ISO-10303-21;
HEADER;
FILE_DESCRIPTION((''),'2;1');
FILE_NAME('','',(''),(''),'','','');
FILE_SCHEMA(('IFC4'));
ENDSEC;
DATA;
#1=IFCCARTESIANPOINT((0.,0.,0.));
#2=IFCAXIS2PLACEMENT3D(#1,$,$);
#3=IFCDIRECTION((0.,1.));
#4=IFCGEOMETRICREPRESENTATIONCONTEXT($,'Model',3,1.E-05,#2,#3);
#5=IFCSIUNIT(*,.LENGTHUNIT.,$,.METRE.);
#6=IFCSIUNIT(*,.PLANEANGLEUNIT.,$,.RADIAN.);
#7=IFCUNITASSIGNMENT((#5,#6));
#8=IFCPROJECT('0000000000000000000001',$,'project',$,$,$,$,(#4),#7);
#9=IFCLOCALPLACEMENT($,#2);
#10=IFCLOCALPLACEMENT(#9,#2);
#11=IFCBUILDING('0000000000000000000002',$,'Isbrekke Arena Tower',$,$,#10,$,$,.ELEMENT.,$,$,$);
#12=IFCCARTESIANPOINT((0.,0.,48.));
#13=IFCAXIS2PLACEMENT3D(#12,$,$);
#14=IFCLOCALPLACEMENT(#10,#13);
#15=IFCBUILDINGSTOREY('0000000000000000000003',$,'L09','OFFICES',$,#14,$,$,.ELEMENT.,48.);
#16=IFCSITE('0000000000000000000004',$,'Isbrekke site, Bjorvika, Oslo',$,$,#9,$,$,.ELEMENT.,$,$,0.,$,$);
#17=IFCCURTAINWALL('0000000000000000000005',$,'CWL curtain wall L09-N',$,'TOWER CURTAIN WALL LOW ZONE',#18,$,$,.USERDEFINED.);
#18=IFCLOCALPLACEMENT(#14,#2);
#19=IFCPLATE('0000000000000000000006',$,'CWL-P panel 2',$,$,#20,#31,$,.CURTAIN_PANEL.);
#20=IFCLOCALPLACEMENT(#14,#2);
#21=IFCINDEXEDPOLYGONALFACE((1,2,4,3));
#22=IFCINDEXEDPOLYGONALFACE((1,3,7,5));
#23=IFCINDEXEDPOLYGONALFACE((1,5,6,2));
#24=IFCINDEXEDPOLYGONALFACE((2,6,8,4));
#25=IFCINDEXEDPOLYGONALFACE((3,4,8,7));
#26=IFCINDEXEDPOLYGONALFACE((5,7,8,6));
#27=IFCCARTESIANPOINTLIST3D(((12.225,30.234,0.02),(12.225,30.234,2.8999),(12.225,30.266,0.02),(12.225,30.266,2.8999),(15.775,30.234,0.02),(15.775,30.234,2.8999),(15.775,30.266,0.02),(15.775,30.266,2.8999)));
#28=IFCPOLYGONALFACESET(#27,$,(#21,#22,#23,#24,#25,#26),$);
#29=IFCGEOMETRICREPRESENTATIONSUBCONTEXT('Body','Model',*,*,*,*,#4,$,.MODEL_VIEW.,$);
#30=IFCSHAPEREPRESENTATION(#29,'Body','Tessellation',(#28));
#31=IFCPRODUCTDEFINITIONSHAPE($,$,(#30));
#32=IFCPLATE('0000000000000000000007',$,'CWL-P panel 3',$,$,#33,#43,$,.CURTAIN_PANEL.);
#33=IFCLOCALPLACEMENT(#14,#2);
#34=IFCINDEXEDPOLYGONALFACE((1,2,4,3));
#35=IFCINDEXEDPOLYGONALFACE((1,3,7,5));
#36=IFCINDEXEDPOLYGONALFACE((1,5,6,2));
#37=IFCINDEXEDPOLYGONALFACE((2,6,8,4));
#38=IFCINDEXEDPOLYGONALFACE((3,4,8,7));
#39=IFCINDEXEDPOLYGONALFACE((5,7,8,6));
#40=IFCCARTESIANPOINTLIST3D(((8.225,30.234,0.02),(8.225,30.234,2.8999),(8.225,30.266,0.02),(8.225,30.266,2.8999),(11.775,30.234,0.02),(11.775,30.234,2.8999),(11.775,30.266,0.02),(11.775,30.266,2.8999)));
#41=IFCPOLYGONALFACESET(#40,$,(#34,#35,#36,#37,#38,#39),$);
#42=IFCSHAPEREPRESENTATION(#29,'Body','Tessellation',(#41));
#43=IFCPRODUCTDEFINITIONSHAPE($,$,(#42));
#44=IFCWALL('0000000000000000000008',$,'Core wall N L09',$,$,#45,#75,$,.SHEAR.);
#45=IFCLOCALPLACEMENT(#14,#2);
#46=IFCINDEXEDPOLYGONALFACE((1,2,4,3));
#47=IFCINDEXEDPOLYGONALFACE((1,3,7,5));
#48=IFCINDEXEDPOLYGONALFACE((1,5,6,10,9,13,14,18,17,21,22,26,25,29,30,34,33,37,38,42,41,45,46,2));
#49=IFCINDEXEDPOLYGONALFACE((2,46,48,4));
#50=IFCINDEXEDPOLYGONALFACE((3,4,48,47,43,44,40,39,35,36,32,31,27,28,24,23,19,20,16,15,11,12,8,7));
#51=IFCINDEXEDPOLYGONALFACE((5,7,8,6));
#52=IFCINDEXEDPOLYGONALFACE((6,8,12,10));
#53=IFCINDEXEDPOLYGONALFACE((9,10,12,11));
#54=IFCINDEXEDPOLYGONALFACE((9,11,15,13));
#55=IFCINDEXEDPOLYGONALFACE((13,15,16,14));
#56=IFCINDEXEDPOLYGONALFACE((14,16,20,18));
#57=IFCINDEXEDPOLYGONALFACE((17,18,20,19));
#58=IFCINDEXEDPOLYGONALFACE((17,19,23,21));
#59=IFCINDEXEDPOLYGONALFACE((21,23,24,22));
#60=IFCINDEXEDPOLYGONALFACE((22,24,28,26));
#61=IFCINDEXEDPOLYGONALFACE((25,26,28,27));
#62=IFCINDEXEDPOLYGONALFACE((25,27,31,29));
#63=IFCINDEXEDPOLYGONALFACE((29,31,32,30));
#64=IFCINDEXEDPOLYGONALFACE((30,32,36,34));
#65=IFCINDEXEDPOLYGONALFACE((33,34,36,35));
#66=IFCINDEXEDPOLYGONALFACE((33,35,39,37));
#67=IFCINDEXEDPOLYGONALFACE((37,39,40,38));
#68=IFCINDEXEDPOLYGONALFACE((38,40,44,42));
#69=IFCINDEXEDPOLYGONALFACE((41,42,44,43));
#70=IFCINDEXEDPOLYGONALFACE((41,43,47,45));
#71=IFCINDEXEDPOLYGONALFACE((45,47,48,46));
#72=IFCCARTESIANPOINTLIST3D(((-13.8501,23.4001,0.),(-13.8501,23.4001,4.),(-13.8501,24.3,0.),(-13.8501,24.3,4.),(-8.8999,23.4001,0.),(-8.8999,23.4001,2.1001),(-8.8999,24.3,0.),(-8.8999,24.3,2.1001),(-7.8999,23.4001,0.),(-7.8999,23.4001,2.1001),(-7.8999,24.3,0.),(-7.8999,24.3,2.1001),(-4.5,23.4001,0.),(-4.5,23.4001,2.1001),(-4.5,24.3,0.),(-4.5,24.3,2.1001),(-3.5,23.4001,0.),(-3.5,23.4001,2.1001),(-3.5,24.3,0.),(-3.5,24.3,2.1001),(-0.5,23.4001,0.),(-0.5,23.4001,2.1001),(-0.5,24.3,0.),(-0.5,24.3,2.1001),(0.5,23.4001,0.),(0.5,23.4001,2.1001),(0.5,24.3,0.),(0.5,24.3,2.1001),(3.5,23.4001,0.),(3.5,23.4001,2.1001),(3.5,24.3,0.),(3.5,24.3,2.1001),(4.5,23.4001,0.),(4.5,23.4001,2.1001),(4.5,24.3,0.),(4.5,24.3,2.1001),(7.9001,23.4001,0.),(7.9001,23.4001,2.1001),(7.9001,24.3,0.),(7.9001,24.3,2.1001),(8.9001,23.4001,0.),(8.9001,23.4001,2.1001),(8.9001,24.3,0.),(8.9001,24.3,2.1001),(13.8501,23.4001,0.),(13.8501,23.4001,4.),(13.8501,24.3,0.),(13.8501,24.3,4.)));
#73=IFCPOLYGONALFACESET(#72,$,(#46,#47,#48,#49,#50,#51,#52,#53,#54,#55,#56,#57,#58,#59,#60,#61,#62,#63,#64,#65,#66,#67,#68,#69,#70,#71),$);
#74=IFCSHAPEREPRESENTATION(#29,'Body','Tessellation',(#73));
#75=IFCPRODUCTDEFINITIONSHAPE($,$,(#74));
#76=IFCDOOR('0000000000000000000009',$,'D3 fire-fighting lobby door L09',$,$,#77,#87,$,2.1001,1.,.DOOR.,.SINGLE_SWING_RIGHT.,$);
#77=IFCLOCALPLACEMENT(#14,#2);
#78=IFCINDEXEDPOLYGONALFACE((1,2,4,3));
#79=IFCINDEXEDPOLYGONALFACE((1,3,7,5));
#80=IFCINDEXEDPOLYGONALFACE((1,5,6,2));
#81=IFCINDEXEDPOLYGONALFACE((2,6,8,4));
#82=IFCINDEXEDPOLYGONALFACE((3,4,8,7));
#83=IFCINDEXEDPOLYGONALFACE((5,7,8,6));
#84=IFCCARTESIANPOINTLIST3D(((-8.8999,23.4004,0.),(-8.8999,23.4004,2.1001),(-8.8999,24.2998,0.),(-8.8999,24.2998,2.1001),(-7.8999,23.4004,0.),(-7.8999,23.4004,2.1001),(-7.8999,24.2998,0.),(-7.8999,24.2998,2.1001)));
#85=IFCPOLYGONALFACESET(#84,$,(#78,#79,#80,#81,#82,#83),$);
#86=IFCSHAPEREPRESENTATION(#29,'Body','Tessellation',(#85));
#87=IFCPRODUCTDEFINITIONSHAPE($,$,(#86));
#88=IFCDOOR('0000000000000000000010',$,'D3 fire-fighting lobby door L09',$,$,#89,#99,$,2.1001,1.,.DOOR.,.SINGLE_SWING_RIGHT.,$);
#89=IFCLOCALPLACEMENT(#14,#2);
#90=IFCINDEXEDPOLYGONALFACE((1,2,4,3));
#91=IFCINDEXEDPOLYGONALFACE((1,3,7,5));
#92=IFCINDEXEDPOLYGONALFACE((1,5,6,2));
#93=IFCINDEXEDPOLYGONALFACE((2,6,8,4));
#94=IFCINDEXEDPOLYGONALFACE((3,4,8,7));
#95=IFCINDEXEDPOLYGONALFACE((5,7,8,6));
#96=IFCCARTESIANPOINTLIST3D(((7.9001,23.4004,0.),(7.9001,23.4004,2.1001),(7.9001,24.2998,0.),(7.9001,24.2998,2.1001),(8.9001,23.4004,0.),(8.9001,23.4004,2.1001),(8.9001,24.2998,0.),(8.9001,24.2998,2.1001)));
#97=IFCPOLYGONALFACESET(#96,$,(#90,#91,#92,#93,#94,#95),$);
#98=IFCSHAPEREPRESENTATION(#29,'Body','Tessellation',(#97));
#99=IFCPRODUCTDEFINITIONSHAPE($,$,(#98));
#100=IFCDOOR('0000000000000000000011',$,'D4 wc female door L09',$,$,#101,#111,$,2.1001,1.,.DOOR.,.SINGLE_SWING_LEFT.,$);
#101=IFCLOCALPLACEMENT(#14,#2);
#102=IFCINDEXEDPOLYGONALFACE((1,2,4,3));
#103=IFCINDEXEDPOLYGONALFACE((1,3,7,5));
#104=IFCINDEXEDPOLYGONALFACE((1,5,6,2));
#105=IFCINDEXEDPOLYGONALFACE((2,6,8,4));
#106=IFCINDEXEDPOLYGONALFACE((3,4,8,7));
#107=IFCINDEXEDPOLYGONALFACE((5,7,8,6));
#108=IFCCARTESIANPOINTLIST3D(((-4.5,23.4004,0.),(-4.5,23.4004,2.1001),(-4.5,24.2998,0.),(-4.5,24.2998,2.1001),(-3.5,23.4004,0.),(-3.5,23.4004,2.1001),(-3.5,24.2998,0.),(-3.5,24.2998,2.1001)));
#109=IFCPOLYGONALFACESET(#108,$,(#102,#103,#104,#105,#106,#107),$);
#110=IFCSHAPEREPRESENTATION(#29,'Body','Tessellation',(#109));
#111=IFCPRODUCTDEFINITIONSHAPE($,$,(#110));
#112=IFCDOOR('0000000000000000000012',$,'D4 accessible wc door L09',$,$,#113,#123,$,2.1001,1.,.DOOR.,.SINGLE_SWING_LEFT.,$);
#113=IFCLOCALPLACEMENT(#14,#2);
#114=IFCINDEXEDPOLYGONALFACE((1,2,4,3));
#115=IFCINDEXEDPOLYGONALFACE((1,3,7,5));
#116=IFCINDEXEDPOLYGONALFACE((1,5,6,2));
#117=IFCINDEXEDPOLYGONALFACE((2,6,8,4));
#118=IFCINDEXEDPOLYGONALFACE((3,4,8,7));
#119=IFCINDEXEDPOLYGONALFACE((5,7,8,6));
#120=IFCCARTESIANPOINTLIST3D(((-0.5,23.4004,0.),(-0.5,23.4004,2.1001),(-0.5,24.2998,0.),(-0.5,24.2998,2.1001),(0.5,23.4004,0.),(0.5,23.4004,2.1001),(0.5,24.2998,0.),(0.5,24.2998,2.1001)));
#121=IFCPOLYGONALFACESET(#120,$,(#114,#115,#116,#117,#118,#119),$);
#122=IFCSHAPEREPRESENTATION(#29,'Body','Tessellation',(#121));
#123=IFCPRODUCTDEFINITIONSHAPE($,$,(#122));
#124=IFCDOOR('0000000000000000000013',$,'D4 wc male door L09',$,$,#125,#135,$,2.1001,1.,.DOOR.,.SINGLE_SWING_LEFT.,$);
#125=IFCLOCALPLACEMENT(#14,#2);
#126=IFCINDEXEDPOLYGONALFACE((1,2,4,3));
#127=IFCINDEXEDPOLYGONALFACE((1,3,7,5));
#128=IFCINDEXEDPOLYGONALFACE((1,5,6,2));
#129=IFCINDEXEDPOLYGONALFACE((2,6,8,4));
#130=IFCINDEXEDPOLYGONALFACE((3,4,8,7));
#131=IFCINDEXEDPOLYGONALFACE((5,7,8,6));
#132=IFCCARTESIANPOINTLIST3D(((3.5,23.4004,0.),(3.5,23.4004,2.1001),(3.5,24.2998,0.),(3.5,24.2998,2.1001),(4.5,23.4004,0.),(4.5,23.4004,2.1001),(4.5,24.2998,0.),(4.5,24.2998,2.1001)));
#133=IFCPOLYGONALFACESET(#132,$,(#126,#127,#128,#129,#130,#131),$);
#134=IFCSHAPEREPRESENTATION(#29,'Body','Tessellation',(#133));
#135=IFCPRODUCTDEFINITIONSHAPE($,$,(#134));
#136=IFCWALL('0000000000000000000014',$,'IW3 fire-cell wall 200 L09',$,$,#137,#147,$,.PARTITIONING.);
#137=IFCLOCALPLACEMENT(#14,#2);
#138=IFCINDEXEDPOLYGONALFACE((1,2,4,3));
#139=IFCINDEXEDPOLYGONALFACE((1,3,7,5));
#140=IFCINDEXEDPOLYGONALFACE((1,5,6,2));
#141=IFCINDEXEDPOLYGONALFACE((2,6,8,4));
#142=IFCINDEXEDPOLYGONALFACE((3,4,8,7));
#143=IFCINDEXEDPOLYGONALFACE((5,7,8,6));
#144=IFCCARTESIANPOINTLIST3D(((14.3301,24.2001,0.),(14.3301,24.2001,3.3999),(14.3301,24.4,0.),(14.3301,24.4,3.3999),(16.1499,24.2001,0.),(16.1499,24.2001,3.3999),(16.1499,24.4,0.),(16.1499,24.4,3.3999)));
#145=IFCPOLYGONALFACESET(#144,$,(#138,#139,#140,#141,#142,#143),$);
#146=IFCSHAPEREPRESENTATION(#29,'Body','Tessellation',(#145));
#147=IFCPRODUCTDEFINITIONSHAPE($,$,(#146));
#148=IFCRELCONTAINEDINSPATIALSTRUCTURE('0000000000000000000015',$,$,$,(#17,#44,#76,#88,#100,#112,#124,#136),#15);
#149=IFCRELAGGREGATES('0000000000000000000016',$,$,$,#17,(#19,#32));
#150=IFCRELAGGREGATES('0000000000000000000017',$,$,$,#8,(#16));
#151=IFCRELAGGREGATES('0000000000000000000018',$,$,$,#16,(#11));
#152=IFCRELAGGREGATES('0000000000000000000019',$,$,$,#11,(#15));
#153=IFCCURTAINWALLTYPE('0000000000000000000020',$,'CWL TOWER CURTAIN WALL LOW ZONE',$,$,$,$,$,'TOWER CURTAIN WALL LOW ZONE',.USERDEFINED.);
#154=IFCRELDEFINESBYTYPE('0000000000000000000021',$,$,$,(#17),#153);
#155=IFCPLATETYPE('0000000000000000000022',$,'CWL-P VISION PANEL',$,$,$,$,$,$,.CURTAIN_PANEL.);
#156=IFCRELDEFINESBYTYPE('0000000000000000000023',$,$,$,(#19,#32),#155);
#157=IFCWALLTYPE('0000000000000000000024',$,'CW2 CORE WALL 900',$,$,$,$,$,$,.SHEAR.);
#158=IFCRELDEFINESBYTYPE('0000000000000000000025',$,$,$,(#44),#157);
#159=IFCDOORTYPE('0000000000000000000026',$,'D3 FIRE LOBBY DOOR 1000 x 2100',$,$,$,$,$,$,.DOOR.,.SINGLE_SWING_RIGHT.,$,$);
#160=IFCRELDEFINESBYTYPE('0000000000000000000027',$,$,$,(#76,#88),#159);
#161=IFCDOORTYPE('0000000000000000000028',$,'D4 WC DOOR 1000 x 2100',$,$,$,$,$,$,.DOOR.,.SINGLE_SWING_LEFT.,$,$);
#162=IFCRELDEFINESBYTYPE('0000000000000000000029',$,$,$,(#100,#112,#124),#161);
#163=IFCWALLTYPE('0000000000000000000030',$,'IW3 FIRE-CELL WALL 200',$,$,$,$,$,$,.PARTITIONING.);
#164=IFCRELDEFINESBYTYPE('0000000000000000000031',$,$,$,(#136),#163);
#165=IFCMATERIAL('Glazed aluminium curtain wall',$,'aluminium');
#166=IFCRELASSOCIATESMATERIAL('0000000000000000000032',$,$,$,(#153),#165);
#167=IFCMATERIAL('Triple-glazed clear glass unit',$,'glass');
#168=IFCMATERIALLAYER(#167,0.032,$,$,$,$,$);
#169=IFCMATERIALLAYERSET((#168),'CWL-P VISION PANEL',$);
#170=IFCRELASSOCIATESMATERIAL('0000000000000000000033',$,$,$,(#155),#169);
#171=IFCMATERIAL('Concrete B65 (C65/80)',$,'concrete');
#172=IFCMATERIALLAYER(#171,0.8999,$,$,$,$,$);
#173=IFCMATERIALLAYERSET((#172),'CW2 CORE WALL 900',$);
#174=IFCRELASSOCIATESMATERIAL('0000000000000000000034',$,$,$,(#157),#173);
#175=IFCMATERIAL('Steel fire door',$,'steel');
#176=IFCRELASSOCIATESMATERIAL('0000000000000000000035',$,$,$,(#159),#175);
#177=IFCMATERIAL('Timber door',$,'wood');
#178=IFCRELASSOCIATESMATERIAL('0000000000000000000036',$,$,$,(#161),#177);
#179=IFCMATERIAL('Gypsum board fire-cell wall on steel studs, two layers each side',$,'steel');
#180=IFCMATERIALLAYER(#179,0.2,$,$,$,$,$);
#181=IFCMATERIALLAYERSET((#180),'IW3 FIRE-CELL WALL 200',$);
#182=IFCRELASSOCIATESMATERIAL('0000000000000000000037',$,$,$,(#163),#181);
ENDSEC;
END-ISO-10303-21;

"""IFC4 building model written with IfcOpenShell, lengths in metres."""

from ifc_helpers import new_model, si_unit, direction, frame, frame_2d, origin, origin_2d, place, context, subcontext, project, spatial, rectangle, extrude, material, layer, layer_set, type_object, element, fill, aggregate, save


model = new_model("IFC4")

# Units and contexts
model_context = context("Model", 3, precision=1e-05, world=origin(), true_north=direction((0.0, 1.0)))
body_context = subcontext(model_context, "Body", "Model", "MODEL_VIEW")
ifc_project = project(units=[si_unit("LENGTHUNIT", "METRE"), si_unit("PLANEANGLEUNIT", "RADIAN")], contexts=[model_context])

# Site, building, storey
site_placement = place(None, origin())
site = spatial("IfcSite", under=ifc_project, at=site_placement, Name="Isbrekke site, Bjorvika, Oslo", CompositionType="ELEMENT", RefElevation=0.0)
building_placement = place(site_placement, origin())
building = spatial("IfcBuilding", under=site, at=building_placement, Name="Isbrekke Arena Tower", CompositionType="ELEMENT")
storey_placement = place(building_placement, frame((0.0, 0.0, 48.0)))
storey = spatial("IfcBuildingStorey", under=building, at=storey_placement, Name="L09", Description="OFFICES", CompositionType="ELEMENT", Elevation=48.0)

# Curtain wall
ifc_material_1 = material(Name="Glazed aluminium curtain wall", Category="aluminium")
curtain_wall_type = type_object("IfcCurtainWallType", Name="CWL TOWER CURTAIN WALL LOW ZONE", ElementType="TOWER CURTAIN WALL LOW ZONE", PredefinedType="USERDEFINED", material=ifc_material_1)
curtain_wall_placement = place(storey_placement, origin())
curtain_wall = element("IfcCurtainWall", 1, at=curtain_wall_placement, inside=storey, type_object=curtain_wall_type, Name="CWL curtain wall L09-N", ObjectType="TOWER CURTAIN WALL LOW ZONE", PredefinedType="USERDEFINED")

# Plates
ifc_material_2 = material(Name="Triple-glazed clear glass unit", Category="glass")
ifc_layer_1 = layer(ifc_material_2, 0.032)
ifc_layer_set_1 = layer_set([ifc_layer_1], Name="CWL-P VISION PANEL")
plate_type = type_object("IfcPlateType", Name="CWL-P VISION PANEL", PredefinedType="CURTAIN_PANEL", material=ifc_layer_set_1)
plate_1_placement = place(storey_placement, frame((14.0, 30.25, 0.02), z_axis=(0.0, 0.0, 1.0), x_axis=(-1.0, 0.0, 0.0)))
plate_1 = element("IfcPlate", 2, at=plate_1_placement, type_object=plate_type, Name="CWL-P panel 2", PredefinedType="CURTAIN_PANEL", context=body_context, shape_type="SweptSolid", body=[
    extrude(rectangle(XDim=3.55, YDim=0.032, at=origin_2d()), origin(), (0.0, 0.0, 1.0), 2.8799),
])
plate_2_placement = place(storey_placement, frame((10.0, 30.25, 0.02), z_axis=(0.0, 0.0, 1.0), x_axis=(-1.0, 0.0, 0.0)))
plate_2 = element("IfcPlate", 3, at=plate_2_placement, type_object=plate_type, Name="CWL-P panel 3", PredefinedType="CURTAIN_PANEL", context=body_context, shape_type="SweptSolid", body=[
    extrude(rectangle(XDim=3.55, YDim=0.032, at=origin_2d()), origin(), (0.0, 0.0, 1.0), 2.8799),
])
aggregate(curtain_wall, [plate_1, plate_2])

# Wall, openings, doors
ifc_material_3 = material(Name="Concrete B65 (C65/80)", Category="concrete")
ifc_layer_2 = layer(ifc_material_3, 0.8999)
ifc_layer_set_2 = layer_set([ifc_layer_2], Name="CW2 CORE WALL 900")
wall_type_1 = type_object("IfcWallType", Name="CW2 CORE WALL 900", PredefinedType="SHEAR", material=ifc_layer_set_2)
wall_1_placement = place(storey_placement, frame((13.8501, 23.8501, 0.0), z_axis=(0.0, 0.0, 1.0), x_axis=(-1.0, 0.0, 0.0)))
wall_1 = element("IfcWall", 4, at=wall_1_placement, inside=storey, type_object=wall_type_1, Name="Core wall N L09", PredefinedType="SHEAR", context=body_context, shape_type="SweptSolid", body=[
    extrude(rectangle(XDim=27.7002, YDim=0.8999, at=frame_2d((13.8501, 0.0))), origin(), (0.0, 0.0, 1.0), 4.0),
])
opening_1_placement = place(wall_1_placement, frame((21.75, 0.0, 0.0)))
opening_1 = element("IfcOpeningElement", 5, at=opening_1_placement, cuts=wall_1, PredefinedType="OPENING", context=body_context, shape_type="SweptSolid", body=[
    extrude(rectangle(XDim=1.0, YDim=2.1001, at=frame_2d((0.5, 1.05))), frame((0.0, 0.4648, 0.0), z_axis=(0.0, -1.0, 0.0), x_axis=(1.0, 0.0, 0.0)), (0.0, 0.0, 1.0), 0.9297),
])
opening_2_placement = place(wall_1_placement, frame((4.95, 0.0, 0.0)))
opening_2 = element("IfcOpeningElement", 6, at=opening_2_placement, cuts=wall_1, PredefinedType="OPENING", context=body_context, shape_type="SweptSolid", body=[
    extrude(rectangle(XDim=1.0, YDim=2.1001, at=frame_2d((0.5, 1.05))), frame((0.0, 0.4648, 0.0), z_axis=(0.0, -1.0, 0.0), x_axis=(1.0, 0.0, 0.0)), (0.0, 0.0, 1.0), 0.9297),
])
opening_3_placement = place(wall_1_placement, frame((17.3501, 0.0, 0.0)))
opening_3 = element("IfcOpeningElement", 7, at=opening_3_placement, cuts=wall_1, PredefinedType="OPENING", context=body_context, shape_type="SweptSolid", body=[
    extrude(rectangle(XDim=1.0, YDim=2.1001, at=frame_2d((0.5, 1.05))), frame((0.0, 0.4648, 0.0), z_axis=(0.0, -1.0, 0.0), x_axis=(1.0, 0.0, 0.0)), (0.0, 0.0, 1.0), 0.9297),
])
opening_4_placement = place(wall_1_placement, frame((13.3501, 0.0, 0.0)))
opening_4 = element("IfcOpeningElement", 8, at=opening_4_placement, cuts=wall_1, PredefinedType="OPENING", context=body_context, shape_type="SweptSolid", body=[
    extrude(rectangle(XDim=1.0, YDim=2.1001, at=frame_2d((0.5, 1.05))), frame((0.0, 0.4648, 0.0), z_axis=(0.0, -1.0, 0.0), x_axis=(1.0, 0.0, 0.0)), (0.0, 0.0, 1.0), 0.9297),
])
opening_5_placement = place(wall_1_placement, frame((9.3501, 0.0, 0.0)))
opening_5 = element("IfcOpeningElement", 9, at=opening_5_placement, cuts=wall_1, PredefinedType="OPENING", context=body_context, shape_type="SweptSolid", body=[
    extrude(rectangle(XDim=1.0, YDim=2.1001, at=frame_2d((0.5, 1.05))), frame((0.0, 0.4648, 0.0), z_axis=(0.0, -1.0, 0.0), x_axis=(1.0, 0.0, 0.0)), (0.0, 0.0, 1.0), 0.9297),
])
ifc_material_4 = material(Name="Steel fire door", Category="steel")
door_type_1 = type_object("IfcDoorType", Name="D3 FIRE LOBBY DOOR 1000 x 2100", OperationType="SINGLE_SWING_RIGHT", PredefinedType="DOOR", material=ifc_material_4)
door_1_placement = place(opening_1_placement, origin())
door_1 = element("IfcDoor", 10, at=door_1_placement, inside=storey, type_object=door_type_1, Name="D3 fire-fighting lobby door L09", OperationType="SINGLE_SWING_RIGHT", OverallHeight=2.1001, OverallWidth=1.0, PredefinedType="DOOR", context=body_context, shape_type="SweptSolid", body=[
    extrude(rectangle(XDim=1.0, YDim=2.1001, at=frame_2d((0.5, 1.05))), frame((0.0, 0.4497, 0.0), z_axis=(0.0, -1.0, 0.0), x_axis=(1.0, 0.0, 0.0)), (0.0, 0.0, 1.0), 0.8994),
])
fill(opening_1, door_1)
door_2_placement = place(opening_2_placement, origin())
door_2 = element("IfcDoor", 11, at=door_2_placement, inside=storey, type_object=door_type_1, Name="D3 fire-fighting lobby door L09", OperationType="SINGLE_SWING_RIGHT", OverallHeight=2.1001, OverallWidth=1.0, PredefinedType="DOOR", context=body_context, shape_type="SweptSolid", body=[
    extrude(rectangle(XDim=1.0, YDim=2.1001, at=frame_2d((0.5, 1.05))), frame((0.0, 0.4497, 0.0), z_axis=(0.0, -1.0, 0.0), x_axis=(1.0, 0.0, 0.0)), (0.0, 0.0, 1.0), 0.8994),
])
fill(opening_2, door_2)
ifc_material_5 = material(Name="Timber door", Category="wood")
door_type_2 = type_object("IfcDoorType", Name="D4 WC DOOR 1000 x 2100", OperationType="SINGLE_SWING_LEFT", PredefinedType="DOOR", material=ifc_material_5)
door_3_placement = place(opening_3_placement, origin())
door_3 = element("IfcDoor", 12, at=door_3_placement, inside=storey, type_object=door_type_2, Name="D4 wc female door L09", OperationType="SINGLE_SWING_LEFT", OverallHeight=2.1001, OverallWidth=1.0, PredefinedType="DOOR", context=body_context, shape_type="SweptSolid", body=[
    extrude(rectangle(XDim=1.0, YDim=2.1001, at=frame_2d((0.5, 1.05))), frame((0.0, 0.4497, 0.0), z_axis=(0.0, -1.0, 0.0), x_axis=(1.0, 0.0, 0.0)), (0.0, 0.0, 1.0), 0.8994),
])
fill(opening_3, door_3)
door_4_placement = place(opening_4_placement, origin())
door_4 = element("IfcDoor", 13, at=door_4_placement, inside=storey, type_object=door_type_2, Name="D4 accessible wc door L09", OperationType="SINGLE_SWING_LEFT", OverallHeight=2.1001, OverallWidth=1.0, PredefinedType="DOOR", context=body_context, shape_type="SweptSolid", body=[
    extrude(rectangle(XDim=1.0, YDim=2.1001, at=frame_2d((0.5, 1.05))), frame((0.0, 0.4497, 0.0), z_axis=(0.0, -1.0, 0.0), x_axis=(1.0, 0.0, 0.0)), (0.0, 0.0, 1.0), 0.8994),
])
fill(opening_4, door_4)
door_5_placement = place(opening_5_placement, origin())
door_5 = element("IfcDoor", 14, at=door_5_placement, inside=storey, type_object=door_type_2, Name="D4 wc male door L09", OperationType="SINGLE_SWING_LEFT", OverallHeight=2.1001, OverallWidth=1.0, PredefinedType="DOOR", context=body_context, shape_type="SweptSolid", body=[
    extrude(rectangle(XDim=1.0, YDim=2.1001, at=frame_2d((0.5, 1.05))), frame((0.0, 0.4497, 0.0), z_axis=(0.0, -1.0, 0.0), x_axis=(1.0, 0.0, 0.0)), (0.0, 0.0, 1.0), 0.8994),
])
fill(opening_5, door_5)

# Wall
ifc_material_6 = material(Name="Gypsum board fire-cell wall on steel studs, two layers each side", Category="steel")
ifc_layer_3 = layer(ifc_material_6, 0.2)
ifc_layer_set_3 = layer_set([ifc_layer_3], Name="IW3 FIRE-CELL WALL 200")
wall_type_2 = type_object("IfcWallType", Name="IW3 FIRE-CELL WALL 200", PredefinedType="PARTITIONING", material=ifc_layer_set_3)
wall_2_placement = place(storey_placement, frame((14.3301, 24.3, 0.0), z_axis=(0.0, 0.0, 1.0), x_axis=(1.0, 0.0, 0.0)))
element("IfcWall", 15, at=wall_2_placement, inside=storey, type_object=wall_type_2, Name="IW3 fire-cell wall 200 L09", PredefinedType="PARTITIONING", context=body_context, shape_type="SweptSolid", body=[
    extrude(rectangle(XDim=1.8198, YDim=0.2, at=frame_2d((0.9099, 0.0))), origin(), (0.0, 0.0, 1.0), 3.3999),
])

save(model, "model.ifc")
